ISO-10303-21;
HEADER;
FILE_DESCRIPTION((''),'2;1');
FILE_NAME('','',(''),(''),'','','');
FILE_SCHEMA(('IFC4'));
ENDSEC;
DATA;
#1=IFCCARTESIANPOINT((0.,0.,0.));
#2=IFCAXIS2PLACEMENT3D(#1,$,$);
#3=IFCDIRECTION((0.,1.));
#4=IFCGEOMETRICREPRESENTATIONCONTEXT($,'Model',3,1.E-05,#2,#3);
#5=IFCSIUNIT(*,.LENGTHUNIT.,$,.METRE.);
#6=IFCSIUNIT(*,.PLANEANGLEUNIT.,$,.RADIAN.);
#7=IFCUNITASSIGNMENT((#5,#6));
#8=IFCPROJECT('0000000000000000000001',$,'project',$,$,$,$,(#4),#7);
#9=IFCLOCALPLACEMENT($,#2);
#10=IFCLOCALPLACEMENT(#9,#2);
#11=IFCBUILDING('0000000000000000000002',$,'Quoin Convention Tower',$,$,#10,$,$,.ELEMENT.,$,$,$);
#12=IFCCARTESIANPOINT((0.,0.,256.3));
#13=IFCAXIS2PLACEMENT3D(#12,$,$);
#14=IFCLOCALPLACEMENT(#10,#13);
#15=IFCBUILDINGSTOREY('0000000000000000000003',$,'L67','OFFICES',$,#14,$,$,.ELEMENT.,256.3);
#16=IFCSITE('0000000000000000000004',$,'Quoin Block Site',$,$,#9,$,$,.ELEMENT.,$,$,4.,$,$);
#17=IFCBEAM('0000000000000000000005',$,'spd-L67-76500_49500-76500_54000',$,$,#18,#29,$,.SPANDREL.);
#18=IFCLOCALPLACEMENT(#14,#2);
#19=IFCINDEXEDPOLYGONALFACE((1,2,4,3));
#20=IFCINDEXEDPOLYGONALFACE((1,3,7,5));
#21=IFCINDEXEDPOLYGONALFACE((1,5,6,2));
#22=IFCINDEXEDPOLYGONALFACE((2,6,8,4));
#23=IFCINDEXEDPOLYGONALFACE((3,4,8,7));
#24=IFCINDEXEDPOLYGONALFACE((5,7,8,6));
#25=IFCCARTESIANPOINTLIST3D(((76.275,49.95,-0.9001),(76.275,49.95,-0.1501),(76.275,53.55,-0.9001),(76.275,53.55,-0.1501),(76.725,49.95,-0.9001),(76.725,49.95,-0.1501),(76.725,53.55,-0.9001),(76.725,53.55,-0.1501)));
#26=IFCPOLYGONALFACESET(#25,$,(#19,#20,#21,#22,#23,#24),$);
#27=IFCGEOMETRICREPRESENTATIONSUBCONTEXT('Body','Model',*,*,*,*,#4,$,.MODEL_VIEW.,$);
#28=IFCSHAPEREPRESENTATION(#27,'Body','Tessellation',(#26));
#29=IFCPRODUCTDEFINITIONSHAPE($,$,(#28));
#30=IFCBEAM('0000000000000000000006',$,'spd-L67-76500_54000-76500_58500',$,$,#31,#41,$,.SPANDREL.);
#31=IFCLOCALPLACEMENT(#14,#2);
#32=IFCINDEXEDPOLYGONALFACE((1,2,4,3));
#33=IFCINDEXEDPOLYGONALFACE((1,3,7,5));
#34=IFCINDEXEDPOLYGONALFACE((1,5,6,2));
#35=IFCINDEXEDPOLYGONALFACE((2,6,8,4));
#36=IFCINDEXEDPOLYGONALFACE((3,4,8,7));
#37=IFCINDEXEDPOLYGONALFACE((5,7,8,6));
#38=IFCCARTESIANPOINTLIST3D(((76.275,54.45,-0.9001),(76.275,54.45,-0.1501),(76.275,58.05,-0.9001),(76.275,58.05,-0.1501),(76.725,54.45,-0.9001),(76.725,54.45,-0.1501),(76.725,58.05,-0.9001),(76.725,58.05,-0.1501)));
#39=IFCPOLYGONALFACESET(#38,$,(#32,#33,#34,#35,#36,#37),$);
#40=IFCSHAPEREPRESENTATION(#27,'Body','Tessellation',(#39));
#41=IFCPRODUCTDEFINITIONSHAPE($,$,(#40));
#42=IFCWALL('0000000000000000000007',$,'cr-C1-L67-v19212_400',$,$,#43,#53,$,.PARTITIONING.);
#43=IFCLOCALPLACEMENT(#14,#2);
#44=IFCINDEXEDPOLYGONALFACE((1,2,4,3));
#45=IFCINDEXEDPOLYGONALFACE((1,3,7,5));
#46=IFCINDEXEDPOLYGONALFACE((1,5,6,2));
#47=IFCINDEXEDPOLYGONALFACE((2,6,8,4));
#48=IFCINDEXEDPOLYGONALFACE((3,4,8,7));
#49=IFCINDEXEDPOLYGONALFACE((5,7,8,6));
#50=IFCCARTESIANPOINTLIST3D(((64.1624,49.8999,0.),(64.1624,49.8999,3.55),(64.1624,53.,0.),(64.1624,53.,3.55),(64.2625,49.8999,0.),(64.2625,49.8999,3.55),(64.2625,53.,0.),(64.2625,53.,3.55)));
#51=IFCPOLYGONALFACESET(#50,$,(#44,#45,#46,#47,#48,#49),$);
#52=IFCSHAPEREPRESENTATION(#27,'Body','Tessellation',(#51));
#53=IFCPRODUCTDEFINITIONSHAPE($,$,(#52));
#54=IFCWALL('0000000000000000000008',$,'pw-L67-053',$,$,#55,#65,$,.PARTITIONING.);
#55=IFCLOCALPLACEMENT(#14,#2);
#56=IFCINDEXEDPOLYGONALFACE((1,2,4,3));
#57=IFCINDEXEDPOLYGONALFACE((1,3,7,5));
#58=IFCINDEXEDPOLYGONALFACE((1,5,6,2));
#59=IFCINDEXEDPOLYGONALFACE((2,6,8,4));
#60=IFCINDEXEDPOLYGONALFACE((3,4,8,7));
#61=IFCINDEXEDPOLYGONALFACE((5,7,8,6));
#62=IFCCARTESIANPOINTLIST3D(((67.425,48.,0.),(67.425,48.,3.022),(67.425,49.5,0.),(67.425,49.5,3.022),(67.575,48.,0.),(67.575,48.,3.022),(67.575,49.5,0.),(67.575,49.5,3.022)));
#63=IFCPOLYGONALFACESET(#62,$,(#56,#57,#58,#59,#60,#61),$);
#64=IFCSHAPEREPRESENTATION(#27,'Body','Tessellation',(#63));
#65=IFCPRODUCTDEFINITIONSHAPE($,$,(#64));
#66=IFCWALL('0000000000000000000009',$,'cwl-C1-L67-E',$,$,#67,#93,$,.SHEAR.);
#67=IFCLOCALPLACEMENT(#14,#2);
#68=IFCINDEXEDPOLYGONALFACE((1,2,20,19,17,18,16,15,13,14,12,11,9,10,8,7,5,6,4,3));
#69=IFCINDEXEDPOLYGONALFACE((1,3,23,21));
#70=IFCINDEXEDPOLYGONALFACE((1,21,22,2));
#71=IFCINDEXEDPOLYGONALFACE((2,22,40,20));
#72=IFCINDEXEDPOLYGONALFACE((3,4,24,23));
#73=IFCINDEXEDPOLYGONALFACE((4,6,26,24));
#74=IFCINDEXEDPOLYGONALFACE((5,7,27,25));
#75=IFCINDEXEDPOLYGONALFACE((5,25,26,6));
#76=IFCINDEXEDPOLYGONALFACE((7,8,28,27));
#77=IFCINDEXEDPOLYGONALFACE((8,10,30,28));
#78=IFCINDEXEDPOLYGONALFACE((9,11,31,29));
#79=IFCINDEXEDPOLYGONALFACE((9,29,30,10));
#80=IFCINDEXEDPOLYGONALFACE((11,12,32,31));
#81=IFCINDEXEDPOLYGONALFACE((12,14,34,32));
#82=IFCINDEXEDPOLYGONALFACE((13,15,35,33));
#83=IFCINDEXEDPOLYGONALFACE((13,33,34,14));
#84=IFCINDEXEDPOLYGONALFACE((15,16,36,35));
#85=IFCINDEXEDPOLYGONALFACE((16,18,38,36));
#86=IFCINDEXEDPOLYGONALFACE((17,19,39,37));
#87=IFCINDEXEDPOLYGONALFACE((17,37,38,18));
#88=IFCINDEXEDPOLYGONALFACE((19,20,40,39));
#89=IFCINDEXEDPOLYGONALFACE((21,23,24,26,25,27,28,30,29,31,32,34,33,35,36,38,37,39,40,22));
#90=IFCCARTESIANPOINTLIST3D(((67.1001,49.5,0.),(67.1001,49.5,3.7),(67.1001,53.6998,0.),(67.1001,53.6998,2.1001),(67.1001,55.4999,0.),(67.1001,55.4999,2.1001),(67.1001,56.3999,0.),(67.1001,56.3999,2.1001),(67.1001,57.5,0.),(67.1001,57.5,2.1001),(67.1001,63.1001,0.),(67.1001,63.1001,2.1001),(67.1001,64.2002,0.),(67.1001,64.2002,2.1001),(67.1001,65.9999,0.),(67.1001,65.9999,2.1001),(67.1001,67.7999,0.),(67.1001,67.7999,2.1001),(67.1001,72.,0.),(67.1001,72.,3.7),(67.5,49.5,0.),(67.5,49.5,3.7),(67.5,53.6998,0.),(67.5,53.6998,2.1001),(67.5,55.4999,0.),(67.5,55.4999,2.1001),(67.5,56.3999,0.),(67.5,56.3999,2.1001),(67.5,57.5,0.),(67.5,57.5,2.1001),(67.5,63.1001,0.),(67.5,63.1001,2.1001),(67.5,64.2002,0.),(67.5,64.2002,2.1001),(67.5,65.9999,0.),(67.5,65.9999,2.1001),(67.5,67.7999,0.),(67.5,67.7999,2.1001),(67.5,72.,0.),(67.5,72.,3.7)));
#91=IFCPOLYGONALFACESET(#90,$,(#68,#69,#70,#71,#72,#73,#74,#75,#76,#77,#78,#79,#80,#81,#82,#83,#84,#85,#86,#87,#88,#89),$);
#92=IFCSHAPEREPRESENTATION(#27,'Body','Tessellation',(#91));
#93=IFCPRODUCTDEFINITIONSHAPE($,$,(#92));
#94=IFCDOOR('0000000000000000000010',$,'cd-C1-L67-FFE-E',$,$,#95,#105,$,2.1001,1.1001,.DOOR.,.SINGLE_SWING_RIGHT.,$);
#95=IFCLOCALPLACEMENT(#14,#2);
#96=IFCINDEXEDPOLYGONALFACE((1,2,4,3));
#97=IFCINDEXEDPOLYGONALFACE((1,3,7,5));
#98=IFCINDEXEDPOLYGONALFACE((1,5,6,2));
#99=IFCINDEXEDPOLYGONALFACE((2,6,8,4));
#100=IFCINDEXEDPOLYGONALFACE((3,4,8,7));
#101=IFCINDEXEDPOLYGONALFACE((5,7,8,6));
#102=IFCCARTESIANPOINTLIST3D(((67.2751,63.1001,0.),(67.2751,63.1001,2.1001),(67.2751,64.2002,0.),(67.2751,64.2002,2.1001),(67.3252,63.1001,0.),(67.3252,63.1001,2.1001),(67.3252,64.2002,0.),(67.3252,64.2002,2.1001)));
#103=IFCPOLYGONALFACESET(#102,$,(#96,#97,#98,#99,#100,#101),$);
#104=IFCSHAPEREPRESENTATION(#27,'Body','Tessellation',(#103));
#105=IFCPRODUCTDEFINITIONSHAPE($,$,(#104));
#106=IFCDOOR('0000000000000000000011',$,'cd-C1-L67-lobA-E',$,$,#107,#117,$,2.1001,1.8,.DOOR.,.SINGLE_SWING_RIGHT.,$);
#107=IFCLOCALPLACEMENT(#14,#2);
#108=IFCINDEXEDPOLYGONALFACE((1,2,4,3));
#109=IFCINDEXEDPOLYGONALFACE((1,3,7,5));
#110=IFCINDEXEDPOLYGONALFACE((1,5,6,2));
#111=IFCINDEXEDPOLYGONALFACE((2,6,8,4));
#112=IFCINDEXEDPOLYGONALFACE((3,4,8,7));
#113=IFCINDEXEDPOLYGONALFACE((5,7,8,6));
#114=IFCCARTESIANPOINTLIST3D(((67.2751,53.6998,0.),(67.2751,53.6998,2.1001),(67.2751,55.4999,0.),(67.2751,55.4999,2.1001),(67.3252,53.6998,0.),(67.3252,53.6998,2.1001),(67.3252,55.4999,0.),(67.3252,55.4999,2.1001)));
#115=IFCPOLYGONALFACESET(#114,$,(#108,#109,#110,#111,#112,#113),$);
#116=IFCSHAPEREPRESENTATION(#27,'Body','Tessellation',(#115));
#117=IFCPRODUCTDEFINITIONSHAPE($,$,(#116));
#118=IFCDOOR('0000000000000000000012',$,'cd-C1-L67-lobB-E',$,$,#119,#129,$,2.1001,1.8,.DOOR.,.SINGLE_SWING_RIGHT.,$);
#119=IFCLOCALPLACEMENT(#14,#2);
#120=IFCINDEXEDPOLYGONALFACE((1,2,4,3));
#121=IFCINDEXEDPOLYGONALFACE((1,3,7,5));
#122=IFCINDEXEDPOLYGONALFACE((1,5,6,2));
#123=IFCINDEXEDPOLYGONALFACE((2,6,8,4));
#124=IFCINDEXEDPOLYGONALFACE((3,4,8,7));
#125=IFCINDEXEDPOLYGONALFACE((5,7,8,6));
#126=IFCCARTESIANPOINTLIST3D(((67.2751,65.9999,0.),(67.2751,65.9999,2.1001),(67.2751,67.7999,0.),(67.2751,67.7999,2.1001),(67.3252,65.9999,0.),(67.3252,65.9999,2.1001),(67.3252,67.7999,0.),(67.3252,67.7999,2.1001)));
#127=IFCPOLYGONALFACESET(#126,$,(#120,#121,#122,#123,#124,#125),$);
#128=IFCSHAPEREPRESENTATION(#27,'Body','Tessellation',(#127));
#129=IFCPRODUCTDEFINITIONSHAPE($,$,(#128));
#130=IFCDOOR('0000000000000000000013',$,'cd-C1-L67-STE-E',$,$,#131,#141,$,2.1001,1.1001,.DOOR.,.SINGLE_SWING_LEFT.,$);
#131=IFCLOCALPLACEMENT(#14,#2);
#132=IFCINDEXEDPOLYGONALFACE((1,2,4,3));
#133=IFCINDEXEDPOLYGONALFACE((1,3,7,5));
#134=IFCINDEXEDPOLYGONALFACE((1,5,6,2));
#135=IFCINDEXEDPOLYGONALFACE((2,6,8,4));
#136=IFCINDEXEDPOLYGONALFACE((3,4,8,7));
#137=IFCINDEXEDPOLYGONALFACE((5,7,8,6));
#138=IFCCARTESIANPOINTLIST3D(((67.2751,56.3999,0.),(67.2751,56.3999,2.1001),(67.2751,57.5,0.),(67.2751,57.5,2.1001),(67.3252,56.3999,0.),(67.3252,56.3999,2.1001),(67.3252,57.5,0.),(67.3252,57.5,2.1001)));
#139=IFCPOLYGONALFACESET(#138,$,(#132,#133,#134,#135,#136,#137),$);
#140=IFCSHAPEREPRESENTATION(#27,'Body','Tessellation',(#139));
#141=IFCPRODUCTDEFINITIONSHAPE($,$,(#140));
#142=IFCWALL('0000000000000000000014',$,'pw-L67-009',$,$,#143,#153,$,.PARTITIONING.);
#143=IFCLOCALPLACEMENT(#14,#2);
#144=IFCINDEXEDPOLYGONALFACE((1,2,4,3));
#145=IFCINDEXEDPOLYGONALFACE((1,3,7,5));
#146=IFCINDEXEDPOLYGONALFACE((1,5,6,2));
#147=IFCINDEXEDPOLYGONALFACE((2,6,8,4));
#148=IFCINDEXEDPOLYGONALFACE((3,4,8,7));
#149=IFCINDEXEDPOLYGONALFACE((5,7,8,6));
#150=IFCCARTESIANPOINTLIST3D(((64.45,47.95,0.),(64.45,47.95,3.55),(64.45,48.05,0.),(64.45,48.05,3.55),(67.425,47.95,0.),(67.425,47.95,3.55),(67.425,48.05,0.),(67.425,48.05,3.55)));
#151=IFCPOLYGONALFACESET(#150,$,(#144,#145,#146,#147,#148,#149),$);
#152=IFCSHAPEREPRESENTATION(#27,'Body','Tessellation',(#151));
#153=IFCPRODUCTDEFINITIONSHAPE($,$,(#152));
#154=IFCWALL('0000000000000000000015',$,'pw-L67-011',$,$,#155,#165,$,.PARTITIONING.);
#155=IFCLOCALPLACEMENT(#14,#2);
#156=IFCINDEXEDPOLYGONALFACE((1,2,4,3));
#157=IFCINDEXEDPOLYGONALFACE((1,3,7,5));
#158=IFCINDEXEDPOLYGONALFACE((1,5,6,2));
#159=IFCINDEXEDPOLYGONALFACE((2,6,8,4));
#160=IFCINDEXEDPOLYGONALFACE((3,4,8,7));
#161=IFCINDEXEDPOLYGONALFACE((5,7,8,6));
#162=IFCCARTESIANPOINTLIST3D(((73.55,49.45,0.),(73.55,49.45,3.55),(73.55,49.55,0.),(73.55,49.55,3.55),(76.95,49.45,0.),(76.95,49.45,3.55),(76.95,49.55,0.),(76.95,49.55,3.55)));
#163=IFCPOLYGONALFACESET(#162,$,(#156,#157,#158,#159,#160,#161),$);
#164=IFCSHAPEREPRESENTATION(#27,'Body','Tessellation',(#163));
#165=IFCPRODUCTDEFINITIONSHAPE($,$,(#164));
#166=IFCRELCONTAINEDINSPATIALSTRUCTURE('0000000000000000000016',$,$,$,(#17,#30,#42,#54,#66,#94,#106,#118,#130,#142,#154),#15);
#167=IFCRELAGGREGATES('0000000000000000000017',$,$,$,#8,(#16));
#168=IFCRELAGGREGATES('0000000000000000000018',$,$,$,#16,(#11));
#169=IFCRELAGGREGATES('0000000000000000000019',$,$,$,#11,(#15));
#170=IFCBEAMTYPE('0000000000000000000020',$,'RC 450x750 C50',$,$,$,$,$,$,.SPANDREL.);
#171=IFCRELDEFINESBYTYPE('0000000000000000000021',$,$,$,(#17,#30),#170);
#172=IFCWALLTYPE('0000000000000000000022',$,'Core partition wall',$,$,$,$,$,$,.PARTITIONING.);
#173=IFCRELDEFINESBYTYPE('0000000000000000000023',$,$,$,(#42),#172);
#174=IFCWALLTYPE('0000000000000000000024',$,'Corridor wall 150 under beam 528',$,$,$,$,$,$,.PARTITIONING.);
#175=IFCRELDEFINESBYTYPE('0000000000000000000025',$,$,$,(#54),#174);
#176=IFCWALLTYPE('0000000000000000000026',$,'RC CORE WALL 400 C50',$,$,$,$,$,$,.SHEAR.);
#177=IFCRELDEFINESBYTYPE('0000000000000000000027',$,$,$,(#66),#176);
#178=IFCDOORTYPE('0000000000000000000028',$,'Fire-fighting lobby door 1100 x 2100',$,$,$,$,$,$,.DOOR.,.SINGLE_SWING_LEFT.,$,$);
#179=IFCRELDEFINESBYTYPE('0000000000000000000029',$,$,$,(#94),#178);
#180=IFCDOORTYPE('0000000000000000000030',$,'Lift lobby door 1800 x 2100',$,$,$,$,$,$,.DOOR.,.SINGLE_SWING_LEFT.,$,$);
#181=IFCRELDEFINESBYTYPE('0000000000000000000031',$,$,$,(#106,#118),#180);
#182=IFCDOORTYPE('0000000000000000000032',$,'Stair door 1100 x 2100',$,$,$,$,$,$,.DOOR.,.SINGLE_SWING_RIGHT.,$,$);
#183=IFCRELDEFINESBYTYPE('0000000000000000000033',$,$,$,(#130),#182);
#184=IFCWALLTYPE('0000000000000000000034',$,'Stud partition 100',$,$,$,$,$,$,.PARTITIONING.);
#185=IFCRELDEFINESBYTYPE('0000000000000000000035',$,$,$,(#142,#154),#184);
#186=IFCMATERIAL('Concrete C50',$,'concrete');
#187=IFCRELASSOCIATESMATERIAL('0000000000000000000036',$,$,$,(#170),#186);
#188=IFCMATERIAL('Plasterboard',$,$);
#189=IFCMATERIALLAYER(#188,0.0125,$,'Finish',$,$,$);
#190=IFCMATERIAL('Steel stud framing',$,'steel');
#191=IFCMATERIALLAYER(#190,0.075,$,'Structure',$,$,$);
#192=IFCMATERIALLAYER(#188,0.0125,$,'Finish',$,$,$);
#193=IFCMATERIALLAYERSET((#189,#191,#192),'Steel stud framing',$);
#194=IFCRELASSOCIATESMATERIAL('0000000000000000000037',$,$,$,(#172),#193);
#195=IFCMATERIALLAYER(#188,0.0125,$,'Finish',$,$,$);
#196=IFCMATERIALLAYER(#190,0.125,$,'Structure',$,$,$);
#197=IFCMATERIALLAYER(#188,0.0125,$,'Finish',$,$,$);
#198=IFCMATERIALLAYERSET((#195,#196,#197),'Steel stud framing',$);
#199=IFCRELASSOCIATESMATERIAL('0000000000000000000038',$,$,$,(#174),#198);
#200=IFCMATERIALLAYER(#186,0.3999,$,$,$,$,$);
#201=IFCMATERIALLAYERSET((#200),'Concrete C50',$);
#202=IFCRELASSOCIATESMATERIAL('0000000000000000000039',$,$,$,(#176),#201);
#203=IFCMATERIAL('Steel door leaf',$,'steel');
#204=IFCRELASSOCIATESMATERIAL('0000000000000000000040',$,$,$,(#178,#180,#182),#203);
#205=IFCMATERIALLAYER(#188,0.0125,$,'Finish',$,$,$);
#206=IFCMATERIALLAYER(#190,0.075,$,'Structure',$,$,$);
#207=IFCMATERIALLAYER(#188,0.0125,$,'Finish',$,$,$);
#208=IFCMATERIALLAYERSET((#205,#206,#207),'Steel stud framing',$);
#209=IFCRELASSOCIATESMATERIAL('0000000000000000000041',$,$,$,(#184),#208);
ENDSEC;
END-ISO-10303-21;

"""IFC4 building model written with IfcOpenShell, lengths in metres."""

from ifc_helpers import new_model, si_unit, direction, frame, frame_2d, origin, origin_2d, place, context, subcontext, project, spatial, rectangle, extrude, material, layer, layer_set, material_profile, profile_set, type_object, element, fill, save


model = new_model("IFC4")

# Units and contexts
model_context = context("Model", 3, precision=1e-05, world=origin(), true_north=direction((0.0, 1.0)))
body_context = subcontext(model_context, "Body", "Model", "MODEL_VIEW")
ifc_project = project(units=[si_unit("LENGTHUNIT", "METRE"), si_unit("PLANEANGLEUNIT", "RADIAN")], contexts=[model_context])

# Site, building, storey
site_placement = place(None, origin())
site = spatial("IfcSite", under=ifc_project, at=site_placement, Name="Quoin Block Site", CompositionType="ELEMENT", RefElevation=4.0)
building_placement = place(site_placement, origin())
building = spatial("IfcBuilding", under=site, at=building_placement, Name="Quoin Convention Tower", CompositionType="ELEMENT")
storey_placement = place(building_placement, frame((0.0, 0.0, 256.3)))
storey = spatial("IfcBuildingStorey", under=building, at=storey_placement, Name="L67", Description="OFFICES", CompositionType="ELEMENT", Elevation=256.3)

# Shared definitions
ifc_material_1 = material(Name="Concrete C50", Category="concrete")

# Beams
ifc_material_profile_1 = material_profile(ifc_material_1, rectangle(XDim=0.45, YDim=0.75, at=origin_2d()), Name="RC 450x750")
ifc_profile_set_1 = profile_set([ifc_material_profile_1], Name="Concrete C50")
beam_type_1 = type_object("IfcBeamType", Name="RC 450x750 C50", PredefinedType="SPANDREL", material=ifc_profile_set_1)
for number, where, z_axis, x_axis, name in (
    (1, (76.5, 49.95, -0.5251), (0.0, 1.0, 0.0), (-1.0, 0.0, 0.0), "spd-L67-76500_49500-76500_54000"),
    (2, (76.5, 54.45, -0.5251), (0.0, 1.0, 0.0), (-1.0, 0.0, 0.0), "spd-L67-76500_54000-76500_58500"),
):
    element("IfcBeam", number, at=place(storey_placement, frame(where, z_axis=z_axis, x_axis=x_axis)), inside=storey, type_object=beam_type_1, Name=name, PredefinedType="SPANDREL", context=body_context, shape_type="SweptSolid", body=[
        extrude(rectangle(XDim=0.45, YDim=0.75, at=origin_2d()), origin(), (0.0, 0.0, 1.0), 3.6001),
    ])

# Walls
ifc_material_2 = material(Name="Plasterboard")
ifc_layer_1 = layer(ifc_material_2, 0.0125, Name="Finish")
ifc_material_3 = material(Name="Steel stud framing", Category="steel")
ifc_layer_2 = layer(ifc_material_3, 0.075, Name="Structure")
ifc_layer_3 = layer(ifc_material_2, 0.0125, Name="Finish")
ifc_layer_set_1 = layer_set([ifc_layer_1, ifc_layer_2, ifc_layer_3], Name="Steel stud framing")
wall_type_1 = type_object("IfcWallType", Name="Core partition wall", PredefinedType="PARTITIONING", material=ifc_layer_set_1)
wall_1_placement = place(storey_placement, frame((64.2124, 49.8999, 0.0), z_axis=(0.0, 0.0, 1.0), x_axis=(0.0, 1.0, 0.0)))
element("IfcWall", 3, at=wall_1_placement, inside=storey, type_object=wall_type_1, Name="cr-C1-L67-v19212_400", PredefinedType="PARTITIONING", context=body_context, shape_type="SweptSolid", body=[
    extrude(rectangle(XDim=3.1001, YDim=0.1001, at=frame_2d((1.55, 0.0))), origin(), (0.0, 0.0, 1.0), 3.55),
])
ifc_layer_4 = layer(ifc_material_2, 0.0125, Name="Finish")
ifc_layer_5 = layer(ifc_material_3, 0.125, Name="Structure")
ifc_layer_6 = layer(ifc_material_2, 0.0125, Name="Finish")
ifc_layer_set_2 = layer_set([ifc_layer_4, ifc_layer_5, ifc_layer_6], Name="Steel stud framing")
wall_type_2 = type_object("IfcWallType", Name="Corridor wall 150 under beam 528", PredefinedType="PARTITIONING", material=ifc_layer_set_2)
wall_2_placement = place(storey_placement, frame((67.5, 48.0, 0.0), z_axis=(0.0, 0.0, 1.0), x_axis=(0.0, 1.0, 0.0)))
element("IfcWall", 4, at=wall_2_placement, inside=storey, type_object=wall_type_2, Name="pw-L67-053", PredefinedType="PARTITIONING", context=body_context, shape_type="SweptSolid", body=[
    extrude(rectangle(XDim=1.5, YDim=0.1499, at=frame_2d((0.75, 0.0))), origin(), (0.0, 0.0, 1.0), 3.022),
])

# Wall, openings, doors
ifc_layer_7 = layer(ifc_material_1, 0.3999)
ifc_layer_set_3 = layer_set([ifc_layer_7], Name="Concrete C50")
wall_type_3 = type_object("IfcWallType", Name="RC CORE WALL 400 C50", PredefinedType="SHEAR", material=ifc_layer_set_3)
wall_3_placement = place(storey_placement, frame((67.3, 49.5, 0.0), z_axis=(0.0, 0.0, 1.0), x_axis=(0.0, 1.0, 0.0)))
wall_3 = element("IfcWall", 5, at=wall_3_placement, inside=storey, type_object=wall_type_3, Name="cwl-C1-L67-E", PredefinedType="SHEAR", context=body_context, shape_type="SweptSolid", body=[
    extrude(rectangle(XDim=22.5, YDim=0.3999, at=frame_2d((11.25, 0.0))), origin(), (0.0, 0.0, 1.0), 3.7),
])
opening_1_placement = place(wall_3_placement, frame((4.2, 0.0, 0.0)))
opening_1 = element("IfcOpeningElement", 6, at=opening_1_placement, cuts=wall_3, PredefinedType="OPENING", context=body_context, shape_type="SweptSolid", body=[
    extrude(rectangle(XDim=1.8, YDim=2.1001, at=frame_2d((0.8999, 1.05))), frame((0.0, 0.21, 0.0), z_axis=(0.0, -1.0, 0.0), x_axis=(1.0, 0.0, 0.0)), (0.0, 0.0, 1.0), 0.4199),
])
opening_2_placement = place(wall_3_placement, frame((6.8999, 0.0, 0.0)))
opening_2 = element("IfcOpeningElement", 7, at=opening_2_placement, cuts=wall_3, PredefinedType="OPENING", context=body_context, shape_type="SweptSolid", body=[
    extrude(rectangle(XDim=1.1001, YDim=2.1001, at=frame_2d((0.55, 1.05))), frame((0.0, 0.21, 0.0), z_axis=(0.0, -1.0, 0.0), x_axis=(1.0, 0.0, 0.0)), (0.0, 0.0, 1.0), 0.4199),
])
opening_3_placement = place(wall_3_placement, frame((13.6001, 0.0, 0.0)))
opening_3 = element("IfcOpeningElement", 8, at=opening_3_placement, cuts=wall_3, PredefinedType="OPENING", context=body_context, shape_type="SweptSolid", body=[
    extrude(rectangle(XDim=1.1001, YDim=2.1001, at=frame_2d((0.55, 1.05))), frame((0.0, 0.21, 0.0), z_axis=(0.0, -1.0, 0.0), x_axis=(1.0, 0.0, 0.0)), (0.0, 0.0, 1.0), 0.4199),
])
opening_4_placement = place(wall_3_placement, frame((16.5, 0.0, 0.0)))
opening_4 = element("IfcOpeningElement", 9, at=opening_4_placement, cuts=wall_3, PredefinedType="OPENING", context=body_context, shape_type="SweptSolid", body=[
    extrude(rectangle(XDim=1.8, YDim=2.1001, at=frame_2d((0.8999, 1.05))), frame((0.0, 0.21, 0.0), z_axis=(0.0, -1.0, 0.0), x_axis=(1.0, 0.0, 0.0)), (0.0, 0.0, 1.0), 0.4199),
])
ifc_material_4 = material(Name="Steel door leaf", Category="steel")
door_type_1 = type_object("IfcDoorType", Name="Fire-fighting lobby door 1100 x 2100", OperationType="SINGLE_SWING_LEFT", PredefinedType="DOOR", material=ifc_material_4)
door_1_placement = place(opening_3_placement, origin())
door_1 = element("IfcDoor", 10, at=door_1_placement, inside=storey, type_object=door_type_1, Name="cd-C1-L67-FFE-E", OperationType="SINGLE_SWING_RIGHT", OverallHeight=2.1001, OverallWidth=1.1001, PredefinedType="DOOR", context=body_context, shape_type="SweptSolid", body=[
    extrude(rectangle(XDim=1.1001, YDim=2.1001, at=frame_2d((0.55, 1.05))), frame((0.0, 0.0249, 0.0), z_axis=(0.0, -1.0, 0.0), x_axis=(1.0, 0.0, 0.0)), (0.0, 0.0, 1.0), 0.05),
])
fill(opening_3, door_1)
door_type_2 = type_object("IfcDoorType", Name="Lift lobby door 1800 x 2100", OperationType="SINGLE_SWING_LEFT", PredefinedType="DOOR", material=ifc_material_4)
door_2_placement = place(opening_1_placement, origin())
door_2 = element("IfcDoor", 11, at=door_2_placement, inside=storey, type_object=door_type_2, Name="cd-C1-L67-lobA-E", OperationType="SINGLE_SWING_RIGHT", OverallHeight=2.1001, OverallWidth=1.8, PredefinedType="DOOR", context=body_context, shape_type="SweptSolid", body=[
    extrude(rectangle(XDim=1.8, YDim=2.1001, at=frame_2d((0.8999, 1.05))), frame((0.0, 0.0249, 0.0), z_axis=(0.0, -1.0, 0.0), x_axis=(1.0, 0.0, 0.0)), (0.0, 0.0, 1.0), 0.05),
])
fill(opening_1, door_2)
door_3_placement = place(opening_4_placement, origin())
door_3 = element("IfcDoor", 12, at=door_3_placement, inside=storey, type_object=door_type_2, Name="cd-C1-L67-lobB-E", OperationType="SINGLE_SWING_RIGHT", OverallHeight=2.1001, OverallWidth=1.8, PredefinedType="DOOR", context=body_context, shape_type="SweptSolid", body=[
    extrude(rectangle(XDim=1.8, YDim=2.1001, at=frame_2d((0.8999, 1.05))), frame((0.0, 0.0249, 0.0), z_axis=(0.0, -1.0, 0.0), x_axis=(1.0, 0.0, 0.0)), (0.0, 0.0, 1.0), 0.05),
])
fill(opening_4, door_3)
door_type_3 = type_object("IfcDoorType", Name="Stair door 1100 x 2100", OperationType="SINGLE_SWING_RIGHT", PredefinedType="DOOR", material=ifc_material_4)
door_4_placement = place(opening_2_placement, origin())
door_4 = element("IfcDoor", 13, at=door_4_placement, inside=storey, type_object=door_type_3, Name="cd-C1-L67-STE-E", OperationType="SINGLE_SWING_LEFT", OverallHeight=2.1001, OverallWidth=1.1001, PredefinedType="DOOR", context=body_context, shape_type="SweptSolid", body=[
    extrude(rectangle(XDim=1.1001, YDim=2.1001, at=frame_2d((0.55, 1.05))), frame((0.0, 0.0249, 0.0), z_axis=(0.0, -1.0, 0.0), x_axis=(1.0, 0.0, 0.0)), (0.0, 0.0, 1.0), 0.05),
])
fill(opening_2, door_4)

# Walls
ifc_layer_8 = layer(ifc_material_2, 0.0125, Name="Finish")
ifc_layer_9 = layer(ifc_material_3, 0.075, Name="Structure")
ifc_layer_10 = layer(ifc_material_2, 0.0125, Name="Finish")
ifc_layer_set_4 = layer_set([ifc_layer_8, ifc_layer_9, ifc_layer_10], Name="Steel stud framing")
wall_type_4 = type_object("IfcWallType", Name="Stud partition 100", PredefinedType="PARTITIONING", material=ifc_layer_set_4)
wall_4_placement = place(storey_placement, frame((64.45, 48.0, 0.0), z_axis=(0.0, 0.0, 1.0), x_axis=(1.0, 0.0, 0.0)))
element("IfcWall", 14, at=wall_4_placement, inside=storey, type_object=wall_type_4, Name="pw-L67-009", PredefinedType="PARTITIONING", context=body_context, shape_type="SweptSolid", body=[
    extrude(rectangle(XDim=2.9751, YDim=0.1001, at=frame_2d((1.4875, 0.0))), origin(), (0.0, 0.0, 1.0), 3.55),
])
for number, where, z_axis, x_axis, name in (
    (15, (73.55, 49.5, 0.0), (0.0, 0.0, 1.0), (1.0, 0.0, 0.0), "pw-L67-011"),
):
    element("IfcWall", number, at=place(storey_placement, frame(where, z_axis=z_axis, x_axis=x_axis)), inside=storey, type_object=wall_type_4, Name=name, PredefinedType="PARTITIONING", context=body_context, shape_type="SweptSolid", body=[
        extrude(rectangle(XDim=3.3999, YDim=0.1001, at=frame_2d((1.7, 0.0))), origin(), (0.0, 0.0, 1.0), 3.55),
    ])

save(model, "model.ifc")
